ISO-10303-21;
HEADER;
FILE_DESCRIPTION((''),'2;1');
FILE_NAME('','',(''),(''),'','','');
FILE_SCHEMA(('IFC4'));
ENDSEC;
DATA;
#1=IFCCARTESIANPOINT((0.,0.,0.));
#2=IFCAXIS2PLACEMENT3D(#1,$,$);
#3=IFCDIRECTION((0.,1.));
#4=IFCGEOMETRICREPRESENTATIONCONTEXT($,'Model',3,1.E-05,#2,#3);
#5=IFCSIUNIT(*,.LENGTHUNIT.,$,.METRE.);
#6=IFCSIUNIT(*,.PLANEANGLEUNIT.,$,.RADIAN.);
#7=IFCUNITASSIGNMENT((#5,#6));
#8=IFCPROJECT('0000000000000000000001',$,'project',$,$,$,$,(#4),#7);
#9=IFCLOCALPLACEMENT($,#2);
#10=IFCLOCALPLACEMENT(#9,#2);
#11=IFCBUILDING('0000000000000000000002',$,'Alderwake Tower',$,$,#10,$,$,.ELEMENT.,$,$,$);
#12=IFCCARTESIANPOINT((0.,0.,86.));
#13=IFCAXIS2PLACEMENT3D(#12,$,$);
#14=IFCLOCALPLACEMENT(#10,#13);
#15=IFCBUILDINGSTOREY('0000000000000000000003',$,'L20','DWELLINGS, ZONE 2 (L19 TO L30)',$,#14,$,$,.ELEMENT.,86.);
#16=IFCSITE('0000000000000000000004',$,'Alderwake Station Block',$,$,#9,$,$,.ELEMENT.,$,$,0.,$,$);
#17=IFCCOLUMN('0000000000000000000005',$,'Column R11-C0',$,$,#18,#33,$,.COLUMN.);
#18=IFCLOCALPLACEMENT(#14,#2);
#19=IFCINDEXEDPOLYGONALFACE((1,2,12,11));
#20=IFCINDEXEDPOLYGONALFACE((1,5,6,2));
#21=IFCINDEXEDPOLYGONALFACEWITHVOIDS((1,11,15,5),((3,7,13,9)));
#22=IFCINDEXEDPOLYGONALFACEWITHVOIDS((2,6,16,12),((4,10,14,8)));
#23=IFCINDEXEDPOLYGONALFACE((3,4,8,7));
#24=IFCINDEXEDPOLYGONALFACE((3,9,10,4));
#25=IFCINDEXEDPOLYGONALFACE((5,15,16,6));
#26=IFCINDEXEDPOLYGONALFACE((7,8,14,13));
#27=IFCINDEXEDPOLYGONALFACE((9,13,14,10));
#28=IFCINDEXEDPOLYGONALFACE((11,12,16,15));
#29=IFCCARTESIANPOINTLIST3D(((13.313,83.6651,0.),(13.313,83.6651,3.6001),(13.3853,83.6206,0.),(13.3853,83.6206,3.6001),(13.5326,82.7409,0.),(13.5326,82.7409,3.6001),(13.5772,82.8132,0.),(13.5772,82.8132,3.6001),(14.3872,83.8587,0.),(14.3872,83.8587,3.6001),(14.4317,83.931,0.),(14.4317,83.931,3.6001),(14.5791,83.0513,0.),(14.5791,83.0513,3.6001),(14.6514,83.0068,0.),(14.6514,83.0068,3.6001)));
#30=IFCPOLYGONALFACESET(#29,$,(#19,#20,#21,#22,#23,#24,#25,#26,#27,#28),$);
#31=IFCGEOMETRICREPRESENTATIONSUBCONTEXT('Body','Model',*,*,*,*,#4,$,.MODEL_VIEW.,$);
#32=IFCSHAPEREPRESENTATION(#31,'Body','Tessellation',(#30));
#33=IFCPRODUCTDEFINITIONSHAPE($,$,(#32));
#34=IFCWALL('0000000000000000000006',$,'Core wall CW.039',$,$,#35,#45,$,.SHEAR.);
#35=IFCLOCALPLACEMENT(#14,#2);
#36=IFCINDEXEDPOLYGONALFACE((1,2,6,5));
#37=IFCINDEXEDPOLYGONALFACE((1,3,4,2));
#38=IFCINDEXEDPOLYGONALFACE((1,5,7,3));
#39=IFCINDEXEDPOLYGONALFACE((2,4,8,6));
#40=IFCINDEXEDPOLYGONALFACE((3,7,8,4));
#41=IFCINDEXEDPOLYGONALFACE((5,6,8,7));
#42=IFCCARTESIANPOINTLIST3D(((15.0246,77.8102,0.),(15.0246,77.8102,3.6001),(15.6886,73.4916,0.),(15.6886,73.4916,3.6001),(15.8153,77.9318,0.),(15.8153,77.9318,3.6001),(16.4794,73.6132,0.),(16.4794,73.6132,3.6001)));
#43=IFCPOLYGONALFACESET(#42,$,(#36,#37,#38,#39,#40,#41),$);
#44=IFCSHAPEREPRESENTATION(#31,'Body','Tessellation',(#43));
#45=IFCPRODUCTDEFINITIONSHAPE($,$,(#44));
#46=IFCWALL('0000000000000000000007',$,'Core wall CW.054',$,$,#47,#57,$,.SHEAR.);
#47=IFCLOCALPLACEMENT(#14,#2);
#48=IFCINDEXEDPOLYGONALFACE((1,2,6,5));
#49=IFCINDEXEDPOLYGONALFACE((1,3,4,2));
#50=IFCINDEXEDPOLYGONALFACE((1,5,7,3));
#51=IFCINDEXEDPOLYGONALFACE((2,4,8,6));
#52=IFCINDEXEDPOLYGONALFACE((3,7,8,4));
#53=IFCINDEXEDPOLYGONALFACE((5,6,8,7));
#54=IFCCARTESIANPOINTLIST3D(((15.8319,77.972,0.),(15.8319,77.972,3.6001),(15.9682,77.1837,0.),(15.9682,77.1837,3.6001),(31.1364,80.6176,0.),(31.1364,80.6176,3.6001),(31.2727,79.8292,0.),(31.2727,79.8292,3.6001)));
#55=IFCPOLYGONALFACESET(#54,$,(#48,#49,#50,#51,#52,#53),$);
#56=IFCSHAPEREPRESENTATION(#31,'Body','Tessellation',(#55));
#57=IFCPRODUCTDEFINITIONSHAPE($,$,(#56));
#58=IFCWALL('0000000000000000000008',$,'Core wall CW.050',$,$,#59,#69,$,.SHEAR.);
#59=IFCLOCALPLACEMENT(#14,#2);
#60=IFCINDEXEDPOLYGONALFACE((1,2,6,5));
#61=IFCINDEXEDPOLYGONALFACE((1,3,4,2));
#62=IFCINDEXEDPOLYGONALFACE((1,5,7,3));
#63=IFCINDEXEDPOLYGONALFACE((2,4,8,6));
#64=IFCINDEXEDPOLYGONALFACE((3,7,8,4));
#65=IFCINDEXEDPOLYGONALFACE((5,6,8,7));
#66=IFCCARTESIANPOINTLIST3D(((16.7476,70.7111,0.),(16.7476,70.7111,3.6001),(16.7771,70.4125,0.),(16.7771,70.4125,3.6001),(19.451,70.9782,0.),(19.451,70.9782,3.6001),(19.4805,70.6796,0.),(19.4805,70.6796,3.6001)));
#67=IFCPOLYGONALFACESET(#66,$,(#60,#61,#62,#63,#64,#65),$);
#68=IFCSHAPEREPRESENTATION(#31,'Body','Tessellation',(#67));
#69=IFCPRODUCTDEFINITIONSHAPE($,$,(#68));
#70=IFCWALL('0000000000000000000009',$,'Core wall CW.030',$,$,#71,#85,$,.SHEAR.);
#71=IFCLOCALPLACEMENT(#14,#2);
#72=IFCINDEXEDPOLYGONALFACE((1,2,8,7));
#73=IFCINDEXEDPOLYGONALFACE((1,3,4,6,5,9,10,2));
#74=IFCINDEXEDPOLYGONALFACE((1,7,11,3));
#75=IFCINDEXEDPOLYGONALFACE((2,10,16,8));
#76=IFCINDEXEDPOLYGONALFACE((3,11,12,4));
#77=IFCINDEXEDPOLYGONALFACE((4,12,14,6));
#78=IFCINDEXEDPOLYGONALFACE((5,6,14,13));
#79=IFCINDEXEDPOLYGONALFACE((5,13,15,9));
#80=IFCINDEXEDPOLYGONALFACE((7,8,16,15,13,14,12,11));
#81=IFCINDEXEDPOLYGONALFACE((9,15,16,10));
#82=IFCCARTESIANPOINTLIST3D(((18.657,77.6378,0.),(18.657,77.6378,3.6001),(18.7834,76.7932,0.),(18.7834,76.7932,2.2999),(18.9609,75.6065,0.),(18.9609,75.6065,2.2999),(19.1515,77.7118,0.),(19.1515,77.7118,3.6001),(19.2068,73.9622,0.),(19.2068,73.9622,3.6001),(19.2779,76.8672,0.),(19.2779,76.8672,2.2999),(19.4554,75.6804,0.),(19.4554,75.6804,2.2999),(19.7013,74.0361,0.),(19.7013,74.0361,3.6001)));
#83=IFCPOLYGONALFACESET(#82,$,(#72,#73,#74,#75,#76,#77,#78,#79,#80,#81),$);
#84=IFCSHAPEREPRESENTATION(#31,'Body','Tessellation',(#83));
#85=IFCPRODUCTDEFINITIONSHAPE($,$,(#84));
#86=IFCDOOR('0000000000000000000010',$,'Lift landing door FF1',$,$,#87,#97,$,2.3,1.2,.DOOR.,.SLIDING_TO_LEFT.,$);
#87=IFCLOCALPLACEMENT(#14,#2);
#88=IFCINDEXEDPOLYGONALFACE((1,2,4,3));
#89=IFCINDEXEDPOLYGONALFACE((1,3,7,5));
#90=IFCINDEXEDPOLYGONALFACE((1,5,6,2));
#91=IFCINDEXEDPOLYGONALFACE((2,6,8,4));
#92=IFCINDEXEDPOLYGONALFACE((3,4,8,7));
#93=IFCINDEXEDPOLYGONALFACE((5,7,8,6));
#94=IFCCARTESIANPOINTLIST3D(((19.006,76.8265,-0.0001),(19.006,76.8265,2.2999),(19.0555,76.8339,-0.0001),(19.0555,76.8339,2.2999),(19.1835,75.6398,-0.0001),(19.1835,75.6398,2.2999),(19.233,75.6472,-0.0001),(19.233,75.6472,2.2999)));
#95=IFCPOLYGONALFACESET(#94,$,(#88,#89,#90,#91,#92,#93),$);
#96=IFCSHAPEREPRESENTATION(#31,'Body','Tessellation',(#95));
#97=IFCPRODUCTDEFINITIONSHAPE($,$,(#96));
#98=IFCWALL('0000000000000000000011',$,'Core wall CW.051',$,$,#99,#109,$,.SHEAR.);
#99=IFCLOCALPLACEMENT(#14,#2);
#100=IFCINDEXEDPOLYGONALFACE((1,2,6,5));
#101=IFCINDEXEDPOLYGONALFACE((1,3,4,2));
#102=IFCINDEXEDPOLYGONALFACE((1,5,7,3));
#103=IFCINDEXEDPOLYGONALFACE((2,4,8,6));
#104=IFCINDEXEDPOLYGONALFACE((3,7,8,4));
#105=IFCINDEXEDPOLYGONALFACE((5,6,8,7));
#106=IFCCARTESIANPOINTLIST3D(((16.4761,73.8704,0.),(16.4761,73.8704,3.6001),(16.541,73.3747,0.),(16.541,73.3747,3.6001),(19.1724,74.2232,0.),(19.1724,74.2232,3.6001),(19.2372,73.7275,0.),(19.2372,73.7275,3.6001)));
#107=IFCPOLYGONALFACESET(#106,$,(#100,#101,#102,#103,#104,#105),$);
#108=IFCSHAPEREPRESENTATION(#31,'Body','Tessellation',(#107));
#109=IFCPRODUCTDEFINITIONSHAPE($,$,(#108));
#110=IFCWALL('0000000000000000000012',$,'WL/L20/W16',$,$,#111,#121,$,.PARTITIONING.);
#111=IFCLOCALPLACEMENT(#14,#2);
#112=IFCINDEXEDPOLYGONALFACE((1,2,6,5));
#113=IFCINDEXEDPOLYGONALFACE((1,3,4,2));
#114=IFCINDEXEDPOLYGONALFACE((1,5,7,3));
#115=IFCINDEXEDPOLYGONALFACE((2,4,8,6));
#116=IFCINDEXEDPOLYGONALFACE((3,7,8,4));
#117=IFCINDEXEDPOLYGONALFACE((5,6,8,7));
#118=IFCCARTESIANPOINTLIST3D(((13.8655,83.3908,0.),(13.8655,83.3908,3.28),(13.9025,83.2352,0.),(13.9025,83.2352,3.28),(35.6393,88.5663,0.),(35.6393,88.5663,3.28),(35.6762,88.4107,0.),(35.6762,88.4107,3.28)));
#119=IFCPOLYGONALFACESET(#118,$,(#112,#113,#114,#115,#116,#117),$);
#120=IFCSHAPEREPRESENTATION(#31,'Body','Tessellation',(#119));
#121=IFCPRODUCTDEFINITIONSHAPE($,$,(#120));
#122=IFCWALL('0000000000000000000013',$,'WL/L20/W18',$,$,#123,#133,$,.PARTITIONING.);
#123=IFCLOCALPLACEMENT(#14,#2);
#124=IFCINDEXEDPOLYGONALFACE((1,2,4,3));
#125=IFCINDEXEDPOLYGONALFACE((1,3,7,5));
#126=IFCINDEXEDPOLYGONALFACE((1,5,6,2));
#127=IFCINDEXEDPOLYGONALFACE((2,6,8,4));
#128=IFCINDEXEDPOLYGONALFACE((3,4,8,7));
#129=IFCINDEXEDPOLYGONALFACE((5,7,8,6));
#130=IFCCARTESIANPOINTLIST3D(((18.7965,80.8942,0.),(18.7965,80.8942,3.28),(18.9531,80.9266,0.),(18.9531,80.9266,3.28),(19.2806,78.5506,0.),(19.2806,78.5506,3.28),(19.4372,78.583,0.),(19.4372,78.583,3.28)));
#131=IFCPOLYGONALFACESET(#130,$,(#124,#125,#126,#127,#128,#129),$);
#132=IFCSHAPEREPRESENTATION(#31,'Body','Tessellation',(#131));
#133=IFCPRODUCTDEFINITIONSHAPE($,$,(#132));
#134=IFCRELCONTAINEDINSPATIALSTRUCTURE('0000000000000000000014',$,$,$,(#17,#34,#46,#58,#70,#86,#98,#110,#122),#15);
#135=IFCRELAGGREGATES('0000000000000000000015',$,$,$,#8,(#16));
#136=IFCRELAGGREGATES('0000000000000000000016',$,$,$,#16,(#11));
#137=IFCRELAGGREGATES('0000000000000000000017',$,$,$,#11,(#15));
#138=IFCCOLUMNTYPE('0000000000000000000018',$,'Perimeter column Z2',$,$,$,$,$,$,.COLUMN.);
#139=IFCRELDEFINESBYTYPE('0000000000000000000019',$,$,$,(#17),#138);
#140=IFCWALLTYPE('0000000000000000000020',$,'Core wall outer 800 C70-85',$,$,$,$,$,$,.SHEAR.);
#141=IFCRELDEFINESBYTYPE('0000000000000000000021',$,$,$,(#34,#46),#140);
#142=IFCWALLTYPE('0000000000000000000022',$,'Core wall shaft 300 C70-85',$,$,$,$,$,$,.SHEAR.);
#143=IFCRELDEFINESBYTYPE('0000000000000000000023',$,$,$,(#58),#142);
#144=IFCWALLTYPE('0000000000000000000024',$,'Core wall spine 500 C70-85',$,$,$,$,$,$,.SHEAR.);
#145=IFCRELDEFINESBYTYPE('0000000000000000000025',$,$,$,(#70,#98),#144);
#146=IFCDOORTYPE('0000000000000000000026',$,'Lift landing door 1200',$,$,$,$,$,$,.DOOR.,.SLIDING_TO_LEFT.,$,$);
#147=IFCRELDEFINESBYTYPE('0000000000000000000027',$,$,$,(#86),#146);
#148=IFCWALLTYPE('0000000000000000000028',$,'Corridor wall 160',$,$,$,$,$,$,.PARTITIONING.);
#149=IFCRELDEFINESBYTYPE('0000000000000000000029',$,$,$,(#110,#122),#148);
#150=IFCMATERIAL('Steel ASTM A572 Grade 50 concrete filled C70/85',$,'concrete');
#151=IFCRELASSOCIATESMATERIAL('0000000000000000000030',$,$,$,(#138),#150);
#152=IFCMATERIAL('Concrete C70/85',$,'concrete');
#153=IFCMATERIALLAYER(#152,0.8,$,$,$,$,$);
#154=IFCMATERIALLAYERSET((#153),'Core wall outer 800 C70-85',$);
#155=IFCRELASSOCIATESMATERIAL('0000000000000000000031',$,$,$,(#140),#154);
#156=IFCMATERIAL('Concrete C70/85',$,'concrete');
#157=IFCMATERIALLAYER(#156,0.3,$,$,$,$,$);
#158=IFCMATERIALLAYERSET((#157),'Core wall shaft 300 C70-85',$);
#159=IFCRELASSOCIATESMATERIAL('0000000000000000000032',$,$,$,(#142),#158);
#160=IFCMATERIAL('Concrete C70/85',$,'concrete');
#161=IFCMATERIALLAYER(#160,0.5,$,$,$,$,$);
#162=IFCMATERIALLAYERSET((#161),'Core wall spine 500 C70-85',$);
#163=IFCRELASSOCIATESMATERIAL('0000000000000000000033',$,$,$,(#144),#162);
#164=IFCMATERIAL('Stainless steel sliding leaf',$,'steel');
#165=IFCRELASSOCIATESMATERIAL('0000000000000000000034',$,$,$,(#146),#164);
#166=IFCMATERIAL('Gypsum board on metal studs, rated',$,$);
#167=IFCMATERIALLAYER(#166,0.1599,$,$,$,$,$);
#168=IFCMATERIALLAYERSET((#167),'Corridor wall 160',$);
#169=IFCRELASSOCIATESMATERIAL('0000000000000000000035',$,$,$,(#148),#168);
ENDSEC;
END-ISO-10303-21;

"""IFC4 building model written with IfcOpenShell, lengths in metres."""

from ifc_helpers import new_model, si_unit, direction, frame, frame_2d, origin, origin_2d, place, context, subcontext, project, spatial, rectangle, hollow_rectangle, extrude, material, layer, layer_set, material_profile, profile_set, type_object, element, fill, save


model = new_model("IFC4")

# Units and contexts
model_context = context("Model", 3, precision=1e-05, world=origin(), true_north=direction((0.0, 1.0)))
body_context = subcontext(model_context, "Body", "Model", "MODEL_VIEW")
ifc_project = project(units=[si_unit("LENGTHUNIT", "METRE"), si_unit("PLANEANGLEUNIT", "RADIAN")], contexts=[model_context])

# Site, building, storey
site_placement = place(None, origin())
site = spatial("IfcSite", under=ifc_project, at=site_placement, Name="Alderwake Station Block", CompositionType="ELEMENT", RefElevation=0.0)
building_placement = place(site_placement, origin())
building = spatial("IfcBuilding", under=site, at=building_placement, Name="Alderwake Tower", CompositionType="ELEMENT")
storey_placement = place(building_placement, frame((0.0, 0.0, 86.0)))
storey = spatial("IfcBuildingStorey", under=building, at=storey_placement, Name="L20", Description="DWELLINGS, ZONE 2 (L19 TO L30)", CompositionType="ELEMENT", Elevation=86.0)

# Column
ifc_material_1 = material(Name="Steel ASTM A572 Grade 50 concrete filled C70/85", Category="concrete")
ifc_material_profile = material_profile(ifc_material_1, hollow_rectangle(XDim=0.95, YDim=1.1499, WallThickness=0.0601, at=origin_2d()), Name="BOX 1150X950X60")
ifc_profile_set = profile_set([ifc_material_profile], Name="Steel ASTM A572 Grade 50 concrete filled C70/85")
column_type = type_object("IfcColumnType", Name="Perimeter column Z2", PredefinedType="COLUMN", material=ifc_profile_set)
column_placement = place(storey_placement, frame((13.9822, 83.3359, 0.0), z_axis=(0.0, 0.0, 1.0), x_axis=(-0.231222, 0.972901, 0.0)))
element("IfcColumn", 1, at=column_placement, inside=storey, type_object=column_type, Name="Column R11-C0", PredefinedType="COLUMN", context=body_context, shape_type="SweptSolid", body=[
    extrude(hollow_rectangle(XDim=0.95, YDim=1.1499, WallThickness=0.0601, at=origin_2d()), origin(), (0.0, 0.0, 1.0), 3.6001),
])

# Walls
ifc_material_2 = material(Name="Concrete C70/85", Category="concrete")
ifc_layer_1 = layer(ifc_material_2, 0.8)
ifc_layer_set_1 = layer_set([ifc_layer_1], Name="Core wall outer 800 C70-85")
wall_type_1 = type_object("IfcWallType", Name="Core wall outer 800 C70-85", PredefinedType="SHEAR", material=ifc_layer_set_1)
wall_1_placement = place(storey_placement, frame((16.084, 73.5525, 0.0), z_axis=(0.0, 0.0, 1.0), x_axis=(-0.151982, 0.988383, 0.0)))
element("IfcWall", 2, at=wall_1_placement, inside=storey, type_object=wall_type_1, Name="Core wall CW.039", PredefinedType="SHEAR", context=body_context, shape_type="SweptSolid", body=[
    extrude(rectangle(XDim=4.3694, YDim=0.8, at=frame_2d((2.1846, 0.0))), origin(), (0.0, 0.0, 1.0), 3.6001),
])
wall_2_placement = place(storey_placement, frame((15.9001, 77.5779, 0.0), z_axis=(0.0, 0.0, 1.0), x_axis=(0.985387, 0.170333, 0.0)))
element("IfcWall", 3, at=wall_2_placement, inside=storey, type_object=wall_type_1, Name="Core wall CW.054", PredefinedType="SHEAR", context=body_context, shape_type="SweptSolid", body=[
    extrude(rectangle(XDim=15.5315, YDim=0.8, at=frame_2d((7.7656, 0.0))), origin(), (0.0, 0.0, 1.0), 3.6001),
])
ifc_material_3 = material(Name="Concrete C70/85", Category="concrete")
ifc_layer_2 = layer(ifc_material_3, 0.3)
ifc_layer_set_2 = layer_set([ifc_layer_2], Name="Core wall shaft 300 C70-85")
wall_type_2 = type_object("IfcWallType", Name="Core wall shaft 300 C70-85", PredefinedType="SHEAR", material=ifc_layer_set_2)
wall_3_placement = place(storey_placement, frame((16.7622, 70.5618, 0.0), z_axis=(0.0, 0.0, 1.0), x_axis=(0.995155, 0.09832, 0.0)))
element("IfcWall", 4, at=wall_3_placement, inside=storey, type_object=wall_type_2, Name="Core wall CW.050", PredefinedType="SHEAR", context=body_context, shape_type="SweptSolid", body=[
    extrude(rectangle(XDim=2.7166, YDim=0.3, at=frame_2d((1.3584, 0.0))), origin(), (0.0, 0.0, 1.0), 3.6001),
])

# Wall, opening, door
ifc_material_4 = material(Name="Concrete C70/85", Category="concrete")
ifc_layer_3 = layer(ifc_material_4, 0.5)
ifc_layer_set_3 = layer_set([ifc_layer_3], Name="Core wall spine 500 C70-85")
wall_type_3 = type_object("IfcWallType", Name="Core wall spine 500 C70-85", PredefinedType="SHEAR", material=ifc_layer_set_3)
wall_4_placement = place(storey_placement, frame((19.4541, 73.999, 0.0), z_axis=(0.0, 0.0, 1.0), x_axis=(-0.147929, 0.988998, 0.0)))
wall_4 = element("IfcWall", 5, at=wall_4_placement, inside=storey, type_object=wall_type_3, Name="Core wall CW.030", PredefinedType="SHEAR", context=body_context, shape_type="SweptSolid", body=[
    extrude(rectangle(XDim=3.7166, YDim=0.5, at=frame_2d((1.8584, 0.0))), origin(), (0.0, 0.0, 1.0), 3.6001),
])
opening_1_placement = place(wall_4_placement, frame((1.6626, 0.0, 0.0)))
opening_1 = element("IfcOpeningElement", 6, at=opening_1_placement, cuts=wall_4, PredefinedType="OPENING", context=body_context, shape_type="SweptSolid", body=[
    extrude(rectangle(XDim=1.2, YDim=2.3, at=frame_2d((0.6001, 1.1499))), frame((0.0, 0.26, 0.0), z_axis=(0.0, -1.0, 0.0), x_axis=(1.0, 0.0, 0.0)), (0.0, 0.0, 1.0), 0.52),
])
ifc_material_5 = material(Name="Stainless steel sliding leaf", Category="steel")
door_type_1 = type_object("IfcDoorType", Name="Lift landing door 1200", OperationType="SLIDING_TO_LEFT", PredefinedType="DOOR", material=ifc_material_5)
door_1_placement = place(opening_1_placement, origin())
door_1 = element("IfcDoor", 7, at=door_1_placement, inside=storey, type_object=door_type_1, Name="Lift landing door FF1", OperationType="SLIDING_TO_LEFT", OverallHeight=2.3, OverallWidth=1.2, PredefinedType="DOOR", context=body_context, shape_type="SweptSolid", body=[
    extrude(rectangle(XDim=1.2, YDim=2.3, at=frame_2d((0.6001, 1.1499))), frame((0.0, 0.0249, 0.0), z_axis=(0.0, -1.0, 0.0), x_axis=(1.0, 0.0, 0.0)), (0.0, 0.0, 1.0), 0.05),
])
fill(opening_1, door_1)

# Walls
wall_5_placement = place(storey_placement, frame((16.5085, 73.6226, 0.0), z_axis=(0.0, 0.0, 1.0), x_axis=(0.991549, 0.129735, 0.0)))
element("IfcWall", 8, at=wall_5_placement, inside=storey, type_object=wall_type_3, Name="Core wall CW.051", PredefinedType="SHEAR", context=body_context, shape_type="SweptSolid", body=[
    extrude(rectangle(XDim=2.7192, YDim=0.5, at=frame_2d((1.3596, 0.0))), origin(), (0.0, 0.0, 1.0), 3.6001),
])
ifc_material_6 = material(Name="Gypsum board on metal studs, rated")
ifc_layer_4 = layer(ifc_material_6, 0.1599)
ifc_layer_set_4 = layer_set([ifc_layer_4], Name="Corridor wall 160")
wall_type_4 = type_object("IfcWallType", Name="Corridor wall 160", PredefinedType="PARTITIONING", material=ifc_layer_set_4)
wall_6_placement = place(storey_placement, frame((13.884, 83.313, 0.0), z_axis=(0.0, 0.0, 1.0), x_axis=(0.972893, 0.231254, 0.0)))
element("IfcWall", 9, at=wall_6_placement, inside=storey, type_object=wall_type_4, Name="WL/L20/W16", PredefinedType="PARTITIONING", context=body_context, shape_type="SweptSolid", body=[
    extrude(rectangle(XDim=22.3804, YDim=0.1599, at=frame_2d((11.1902, 0.0))), origin(), (0.0, 0.0, 1.0), 3.28),
])
wall_7_placement = place(storey_placement, frame((18.8748, 80.9104, 0.0), z_axis=(0.0, 0.0, 1.0), x_axis=(0.202312, -0.979321, 0.0)))
element("IfcWall", 10, at=wall_7_placement, inside=storey, type_object=wall_type_4, Name="WL/L20/W18", PredefinedType="PARTITIONING", context=body_context, shape_type="SweptSolid", body=[
    extrude(rectangle(XDim=2.3931, YDim=0.1599, at=frame_2d((1.1965, 0.0))), origin(), (0.0, 0.0, 1.0), 3.28),
])

save(model, "model.ifc")
